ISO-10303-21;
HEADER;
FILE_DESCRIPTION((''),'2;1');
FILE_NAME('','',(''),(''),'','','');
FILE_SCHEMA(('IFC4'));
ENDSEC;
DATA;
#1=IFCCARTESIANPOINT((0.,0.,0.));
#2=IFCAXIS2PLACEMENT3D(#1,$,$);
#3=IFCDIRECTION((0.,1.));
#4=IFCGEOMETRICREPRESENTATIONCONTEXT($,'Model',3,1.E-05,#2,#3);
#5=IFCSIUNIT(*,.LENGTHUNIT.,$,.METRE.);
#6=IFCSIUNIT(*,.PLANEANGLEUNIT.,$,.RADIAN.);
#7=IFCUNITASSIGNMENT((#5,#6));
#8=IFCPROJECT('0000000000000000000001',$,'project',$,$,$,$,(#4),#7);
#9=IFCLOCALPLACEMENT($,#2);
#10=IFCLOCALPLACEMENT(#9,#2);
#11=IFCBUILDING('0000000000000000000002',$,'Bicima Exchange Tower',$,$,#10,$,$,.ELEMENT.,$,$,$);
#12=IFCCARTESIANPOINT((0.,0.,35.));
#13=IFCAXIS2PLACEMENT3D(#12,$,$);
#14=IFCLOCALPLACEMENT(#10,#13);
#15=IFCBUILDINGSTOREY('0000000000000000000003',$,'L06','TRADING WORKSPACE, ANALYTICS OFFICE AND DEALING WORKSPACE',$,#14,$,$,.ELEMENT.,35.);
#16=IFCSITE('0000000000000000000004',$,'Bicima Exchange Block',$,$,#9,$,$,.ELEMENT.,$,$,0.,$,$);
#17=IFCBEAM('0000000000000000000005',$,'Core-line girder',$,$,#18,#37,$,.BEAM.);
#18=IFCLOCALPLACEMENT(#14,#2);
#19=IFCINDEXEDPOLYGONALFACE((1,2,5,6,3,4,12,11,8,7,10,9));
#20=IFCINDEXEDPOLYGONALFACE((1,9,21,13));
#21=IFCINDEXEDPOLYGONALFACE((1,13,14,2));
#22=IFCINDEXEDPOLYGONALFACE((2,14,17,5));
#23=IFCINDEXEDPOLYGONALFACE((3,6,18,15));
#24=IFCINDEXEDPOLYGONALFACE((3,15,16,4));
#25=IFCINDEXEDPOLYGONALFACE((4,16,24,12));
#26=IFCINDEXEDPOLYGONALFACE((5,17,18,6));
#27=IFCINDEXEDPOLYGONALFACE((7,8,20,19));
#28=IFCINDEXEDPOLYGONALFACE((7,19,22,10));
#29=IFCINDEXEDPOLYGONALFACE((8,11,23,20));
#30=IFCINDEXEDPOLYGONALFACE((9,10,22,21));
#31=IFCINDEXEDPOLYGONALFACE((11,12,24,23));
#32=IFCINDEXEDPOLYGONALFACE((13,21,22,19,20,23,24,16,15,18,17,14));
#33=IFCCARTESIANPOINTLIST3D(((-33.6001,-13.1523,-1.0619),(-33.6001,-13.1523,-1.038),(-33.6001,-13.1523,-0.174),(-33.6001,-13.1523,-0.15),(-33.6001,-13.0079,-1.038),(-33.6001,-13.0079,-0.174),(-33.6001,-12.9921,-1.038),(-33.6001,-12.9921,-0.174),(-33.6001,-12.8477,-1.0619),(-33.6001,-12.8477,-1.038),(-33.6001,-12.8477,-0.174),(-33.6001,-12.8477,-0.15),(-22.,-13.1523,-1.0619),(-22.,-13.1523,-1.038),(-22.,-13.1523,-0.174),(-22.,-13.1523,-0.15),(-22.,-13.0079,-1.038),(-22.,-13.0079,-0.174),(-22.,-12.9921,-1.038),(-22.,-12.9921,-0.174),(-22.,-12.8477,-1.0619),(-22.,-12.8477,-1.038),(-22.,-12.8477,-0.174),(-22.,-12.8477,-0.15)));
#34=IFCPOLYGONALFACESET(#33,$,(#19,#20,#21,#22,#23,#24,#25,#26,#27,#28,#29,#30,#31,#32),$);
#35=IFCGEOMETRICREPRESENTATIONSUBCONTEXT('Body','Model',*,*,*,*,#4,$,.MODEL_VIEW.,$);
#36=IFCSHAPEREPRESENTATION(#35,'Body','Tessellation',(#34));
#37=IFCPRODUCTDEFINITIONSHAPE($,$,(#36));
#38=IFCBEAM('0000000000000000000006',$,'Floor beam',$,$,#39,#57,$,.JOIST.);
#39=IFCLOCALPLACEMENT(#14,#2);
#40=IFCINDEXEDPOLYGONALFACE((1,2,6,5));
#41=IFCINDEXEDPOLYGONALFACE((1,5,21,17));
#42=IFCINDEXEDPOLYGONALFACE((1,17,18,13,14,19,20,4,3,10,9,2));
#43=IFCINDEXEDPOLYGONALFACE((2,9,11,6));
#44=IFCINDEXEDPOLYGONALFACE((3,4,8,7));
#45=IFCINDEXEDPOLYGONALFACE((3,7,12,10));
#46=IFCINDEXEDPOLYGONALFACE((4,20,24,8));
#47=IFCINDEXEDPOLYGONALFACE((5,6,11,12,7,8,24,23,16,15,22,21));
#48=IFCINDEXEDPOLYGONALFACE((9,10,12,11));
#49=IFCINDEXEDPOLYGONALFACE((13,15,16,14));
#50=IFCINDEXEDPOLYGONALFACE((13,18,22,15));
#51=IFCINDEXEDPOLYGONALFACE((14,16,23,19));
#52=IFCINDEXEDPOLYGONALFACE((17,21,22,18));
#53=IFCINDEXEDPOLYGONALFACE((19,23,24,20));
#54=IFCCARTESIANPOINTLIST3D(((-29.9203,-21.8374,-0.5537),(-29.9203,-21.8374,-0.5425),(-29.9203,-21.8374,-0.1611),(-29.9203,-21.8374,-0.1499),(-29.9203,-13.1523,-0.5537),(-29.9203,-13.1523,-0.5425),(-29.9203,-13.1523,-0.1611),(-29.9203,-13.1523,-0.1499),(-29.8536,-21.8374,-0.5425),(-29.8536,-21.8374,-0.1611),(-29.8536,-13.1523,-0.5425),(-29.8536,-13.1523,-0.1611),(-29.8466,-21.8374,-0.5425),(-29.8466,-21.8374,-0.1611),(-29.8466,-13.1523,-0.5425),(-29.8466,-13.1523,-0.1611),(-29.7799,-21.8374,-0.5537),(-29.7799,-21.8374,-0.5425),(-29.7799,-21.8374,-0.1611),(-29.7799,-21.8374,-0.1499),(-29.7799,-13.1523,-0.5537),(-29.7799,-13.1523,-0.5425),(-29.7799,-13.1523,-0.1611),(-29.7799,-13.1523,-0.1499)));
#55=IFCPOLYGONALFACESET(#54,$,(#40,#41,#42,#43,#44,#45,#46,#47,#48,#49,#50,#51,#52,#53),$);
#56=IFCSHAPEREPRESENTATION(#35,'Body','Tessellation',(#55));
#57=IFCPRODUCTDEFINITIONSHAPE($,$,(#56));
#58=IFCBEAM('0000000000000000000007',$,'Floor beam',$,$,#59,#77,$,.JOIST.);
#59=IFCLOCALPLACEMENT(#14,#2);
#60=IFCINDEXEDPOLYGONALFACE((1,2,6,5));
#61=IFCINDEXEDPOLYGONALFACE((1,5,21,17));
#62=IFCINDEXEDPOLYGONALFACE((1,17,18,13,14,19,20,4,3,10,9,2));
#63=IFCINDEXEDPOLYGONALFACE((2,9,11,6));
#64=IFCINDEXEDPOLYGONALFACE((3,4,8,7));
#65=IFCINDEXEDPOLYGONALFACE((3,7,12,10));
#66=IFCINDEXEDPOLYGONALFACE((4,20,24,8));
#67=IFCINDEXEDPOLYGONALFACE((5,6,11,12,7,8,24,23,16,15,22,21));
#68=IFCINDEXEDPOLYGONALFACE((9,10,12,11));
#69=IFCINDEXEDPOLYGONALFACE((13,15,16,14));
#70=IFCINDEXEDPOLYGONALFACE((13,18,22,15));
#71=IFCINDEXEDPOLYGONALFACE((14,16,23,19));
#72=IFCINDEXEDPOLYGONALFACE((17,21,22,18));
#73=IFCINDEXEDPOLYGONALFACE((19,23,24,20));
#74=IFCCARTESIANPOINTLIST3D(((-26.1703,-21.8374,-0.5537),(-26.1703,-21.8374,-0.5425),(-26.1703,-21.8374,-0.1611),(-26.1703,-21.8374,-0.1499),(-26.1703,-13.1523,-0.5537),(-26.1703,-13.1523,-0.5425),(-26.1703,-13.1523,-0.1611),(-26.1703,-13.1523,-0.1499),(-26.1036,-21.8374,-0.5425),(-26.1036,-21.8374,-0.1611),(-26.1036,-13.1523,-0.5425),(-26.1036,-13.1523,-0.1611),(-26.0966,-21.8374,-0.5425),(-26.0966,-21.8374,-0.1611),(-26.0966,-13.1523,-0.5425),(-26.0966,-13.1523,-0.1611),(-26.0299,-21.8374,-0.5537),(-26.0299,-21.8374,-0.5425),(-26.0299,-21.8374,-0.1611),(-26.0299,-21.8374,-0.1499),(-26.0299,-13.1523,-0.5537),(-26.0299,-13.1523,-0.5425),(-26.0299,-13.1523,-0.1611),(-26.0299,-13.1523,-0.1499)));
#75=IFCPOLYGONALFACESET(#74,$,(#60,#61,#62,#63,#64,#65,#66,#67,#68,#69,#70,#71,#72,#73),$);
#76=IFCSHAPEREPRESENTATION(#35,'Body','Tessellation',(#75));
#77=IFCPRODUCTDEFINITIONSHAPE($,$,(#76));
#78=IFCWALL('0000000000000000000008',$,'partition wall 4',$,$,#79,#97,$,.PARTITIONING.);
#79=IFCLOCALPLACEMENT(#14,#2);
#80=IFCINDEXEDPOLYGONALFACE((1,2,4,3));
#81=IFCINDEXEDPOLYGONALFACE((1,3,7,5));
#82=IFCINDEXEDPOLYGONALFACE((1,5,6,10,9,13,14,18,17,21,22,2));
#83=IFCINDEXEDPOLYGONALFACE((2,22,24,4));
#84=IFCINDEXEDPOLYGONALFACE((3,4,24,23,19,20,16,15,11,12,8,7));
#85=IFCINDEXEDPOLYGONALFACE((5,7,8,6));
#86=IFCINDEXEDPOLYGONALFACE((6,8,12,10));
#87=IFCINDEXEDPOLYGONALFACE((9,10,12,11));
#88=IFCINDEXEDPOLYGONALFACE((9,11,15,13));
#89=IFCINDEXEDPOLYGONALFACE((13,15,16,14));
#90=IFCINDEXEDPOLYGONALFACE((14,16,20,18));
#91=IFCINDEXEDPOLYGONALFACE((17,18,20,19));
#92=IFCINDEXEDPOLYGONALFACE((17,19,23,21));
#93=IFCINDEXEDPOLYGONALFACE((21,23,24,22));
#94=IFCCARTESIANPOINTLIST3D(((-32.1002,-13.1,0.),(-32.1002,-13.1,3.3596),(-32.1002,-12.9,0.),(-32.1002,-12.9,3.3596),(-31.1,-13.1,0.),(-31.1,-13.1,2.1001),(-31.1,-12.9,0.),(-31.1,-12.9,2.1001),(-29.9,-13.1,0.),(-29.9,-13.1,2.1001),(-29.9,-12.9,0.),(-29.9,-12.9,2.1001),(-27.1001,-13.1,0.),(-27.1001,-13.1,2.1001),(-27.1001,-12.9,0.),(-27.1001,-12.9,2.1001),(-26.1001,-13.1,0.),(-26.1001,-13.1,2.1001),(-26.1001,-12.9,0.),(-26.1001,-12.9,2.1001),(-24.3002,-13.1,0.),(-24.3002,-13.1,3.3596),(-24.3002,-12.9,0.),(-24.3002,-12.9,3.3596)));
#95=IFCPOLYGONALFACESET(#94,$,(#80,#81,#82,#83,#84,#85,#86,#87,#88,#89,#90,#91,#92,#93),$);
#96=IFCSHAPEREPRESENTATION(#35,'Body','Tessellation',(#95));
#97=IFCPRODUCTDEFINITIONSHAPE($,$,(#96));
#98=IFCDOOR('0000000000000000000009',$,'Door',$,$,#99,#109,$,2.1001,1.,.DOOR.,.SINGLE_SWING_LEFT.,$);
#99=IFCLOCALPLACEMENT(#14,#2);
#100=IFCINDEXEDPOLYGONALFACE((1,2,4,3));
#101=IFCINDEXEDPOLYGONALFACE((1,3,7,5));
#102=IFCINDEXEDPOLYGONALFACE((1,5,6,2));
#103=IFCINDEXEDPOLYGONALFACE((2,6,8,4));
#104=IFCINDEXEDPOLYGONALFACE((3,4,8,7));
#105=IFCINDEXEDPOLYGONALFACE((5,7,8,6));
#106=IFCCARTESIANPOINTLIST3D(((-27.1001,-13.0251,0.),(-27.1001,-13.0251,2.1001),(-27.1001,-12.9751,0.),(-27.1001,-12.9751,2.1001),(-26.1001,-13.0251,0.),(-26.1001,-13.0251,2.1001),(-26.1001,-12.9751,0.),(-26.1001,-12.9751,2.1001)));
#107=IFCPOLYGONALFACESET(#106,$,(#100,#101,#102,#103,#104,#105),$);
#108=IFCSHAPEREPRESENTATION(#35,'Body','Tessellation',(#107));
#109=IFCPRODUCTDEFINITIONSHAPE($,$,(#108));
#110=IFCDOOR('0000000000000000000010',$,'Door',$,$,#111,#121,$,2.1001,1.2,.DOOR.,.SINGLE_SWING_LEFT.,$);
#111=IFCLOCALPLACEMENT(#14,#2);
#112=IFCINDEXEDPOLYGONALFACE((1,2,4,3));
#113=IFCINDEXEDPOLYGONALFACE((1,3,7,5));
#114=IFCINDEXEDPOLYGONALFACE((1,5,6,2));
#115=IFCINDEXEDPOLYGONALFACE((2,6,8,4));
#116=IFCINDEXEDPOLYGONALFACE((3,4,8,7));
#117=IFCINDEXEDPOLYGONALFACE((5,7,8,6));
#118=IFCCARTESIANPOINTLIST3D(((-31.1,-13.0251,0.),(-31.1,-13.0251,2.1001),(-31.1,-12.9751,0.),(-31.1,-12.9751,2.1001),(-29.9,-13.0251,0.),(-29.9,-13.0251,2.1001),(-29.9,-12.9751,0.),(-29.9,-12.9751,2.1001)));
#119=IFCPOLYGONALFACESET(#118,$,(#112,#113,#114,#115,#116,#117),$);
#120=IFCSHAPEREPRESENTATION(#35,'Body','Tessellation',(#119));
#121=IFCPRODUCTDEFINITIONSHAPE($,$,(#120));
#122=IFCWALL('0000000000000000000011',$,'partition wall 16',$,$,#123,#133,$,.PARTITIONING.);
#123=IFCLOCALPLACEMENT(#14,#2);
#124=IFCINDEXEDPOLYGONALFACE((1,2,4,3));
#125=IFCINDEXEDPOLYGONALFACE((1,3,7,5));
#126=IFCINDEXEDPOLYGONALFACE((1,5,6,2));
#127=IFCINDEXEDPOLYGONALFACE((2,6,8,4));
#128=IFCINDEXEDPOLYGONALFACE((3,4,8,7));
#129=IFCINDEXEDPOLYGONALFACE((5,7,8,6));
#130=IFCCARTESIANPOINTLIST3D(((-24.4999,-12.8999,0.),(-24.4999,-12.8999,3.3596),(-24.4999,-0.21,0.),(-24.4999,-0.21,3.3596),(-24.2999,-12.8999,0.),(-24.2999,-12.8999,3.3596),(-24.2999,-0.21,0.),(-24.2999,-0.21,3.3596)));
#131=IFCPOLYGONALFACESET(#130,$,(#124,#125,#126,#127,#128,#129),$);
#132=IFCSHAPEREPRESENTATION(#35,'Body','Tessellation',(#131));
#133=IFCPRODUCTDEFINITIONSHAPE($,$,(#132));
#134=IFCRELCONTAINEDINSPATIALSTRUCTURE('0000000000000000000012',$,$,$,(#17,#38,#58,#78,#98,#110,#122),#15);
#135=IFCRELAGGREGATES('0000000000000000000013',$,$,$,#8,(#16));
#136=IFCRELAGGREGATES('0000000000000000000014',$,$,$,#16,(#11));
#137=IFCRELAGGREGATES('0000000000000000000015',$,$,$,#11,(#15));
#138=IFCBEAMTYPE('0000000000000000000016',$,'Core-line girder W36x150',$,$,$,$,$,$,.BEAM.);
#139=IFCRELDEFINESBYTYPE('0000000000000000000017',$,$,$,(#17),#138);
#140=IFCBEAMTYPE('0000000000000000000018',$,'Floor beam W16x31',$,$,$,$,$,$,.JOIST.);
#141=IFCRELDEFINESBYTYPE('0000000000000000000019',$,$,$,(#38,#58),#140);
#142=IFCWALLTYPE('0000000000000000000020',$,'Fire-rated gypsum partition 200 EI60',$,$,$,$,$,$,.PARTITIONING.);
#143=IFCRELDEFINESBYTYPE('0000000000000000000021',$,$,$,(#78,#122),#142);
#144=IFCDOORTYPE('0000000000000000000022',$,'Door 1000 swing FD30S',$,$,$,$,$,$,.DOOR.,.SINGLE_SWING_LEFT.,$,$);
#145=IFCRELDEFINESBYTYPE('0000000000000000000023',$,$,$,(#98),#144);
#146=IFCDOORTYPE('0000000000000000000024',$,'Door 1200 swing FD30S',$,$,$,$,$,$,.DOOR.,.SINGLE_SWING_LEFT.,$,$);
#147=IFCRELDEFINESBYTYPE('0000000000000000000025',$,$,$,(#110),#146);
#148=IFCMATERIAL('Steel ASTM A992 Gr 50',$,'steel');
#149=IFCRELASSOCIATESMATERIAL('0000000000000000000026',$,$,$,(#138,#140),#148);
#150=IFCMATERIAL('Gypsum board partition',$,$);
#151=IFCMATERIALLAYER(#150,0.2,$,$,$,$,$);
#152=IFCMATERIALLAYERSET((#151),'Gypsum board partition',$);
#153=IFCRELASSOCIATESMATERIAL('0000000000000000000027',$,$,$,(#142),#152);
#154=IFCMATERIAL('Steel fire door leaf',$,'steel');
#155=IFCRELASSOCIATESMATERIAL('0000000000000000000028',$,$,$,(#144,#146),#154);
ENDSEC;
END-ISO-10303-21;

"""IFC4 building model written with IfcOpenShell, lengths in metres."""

from ifc_helpers import new_model, si_unit, direction, frame, frame_2d, origin, origin_2d, place, context, subcontext, project, spatial, rectangle, i_section, extrude, material, layer, layer_set, material_profile, profile_set, type_object, element, fill, save


model = new_model("IFC4")

# Units and contexts
model_context = context("Model", 3, precision=1e-05, world=origin(), true_north=direction((0.0, 1.0)))
body_context = subcontext(model_context, "Body", "Model", "MODEL_VIEW")
ifc_project = project(units=[si_unit("LENGTHUNIT", "METRE"), si_unit("PLANEANGLEUNIT", "RADIAN")], contexts=[model_context])

# Site, building, storey
site_placement = place(None, origin())
site = spatial("IfcSite", under=ifc_project, at=site_placement, Name="Bicima Exchange Block", CompositionType="ELEMENT", RefElevation=0.0)
building_placement = place(site_placement, origin())
building = spatial("IfcBuilding", under=site, at=building_placement, Name="Bicima Exchange Tower", CompositionType="ELEMENT")
storey_placement = place(building_placement, frame((0.0, 0.0, 35.0)))
storey = spatial("IfcBuildingStorey", under=building, at=storey_placement, Name="L06", Description="TRADING WORKSPACE, ANALYTICS OFFICE AND DEALING WORKSPACE", CompositionType="ELEMENT", Elevation=35.0)

# Beams
ifc_material_1 = material(Name="Steel ASTM A992 Gr 50", Category="steel")
ifc_material_profile_1 = material_profile(ifc_material_1, i_section(OverallWidth=0.3047, OverallDepth=0.9119, WebThickness=0.0159, FlangeThickness=0.0239, at=origin_2d()))
ifc_profile_set_1 = profile_set([ifc_material_profile_1], Name="Steel ASTM A992 Gr 50")
beam_type_1 = type_object("IfcBeamType", Name="Core-line girder W36x150", PredefinedType="BEAM", material=ifc_profile_set_1)
beam_placement = place(storey_placement, frame((-22.0, -13.0, -0.606), z_axis=(-1.0, 0.0, 0.0), x_axis=(0.0, -1.0, 0.0)))
element("IfcBeam", 1, at=beam_placement, inside=storey, type_object=beam_type_1, Name="Core-line girder", PredefinedType="BEAM", context=body_context, shape_type="SweptSolid", body=[
    extrude(i_section(OverallWidth=0.3047, OverallDepth=0.9119, WebThickness=0.0159, FlangeThickness=0.0239, at=origin_2d()), origin(), (0.0, 0.0, 1.0), 11.6001),
])
ifc_material_profile_2 = material_profile(ifc_material_1, i_section(OverallWidth=0.1404, OverallDepth=0.4038, WebThickness=0.0071, FlangeThickness=0.0112, at=origin_2d()))
ifc_profile_set_2 = profile_set([ifc_material_profile_2], Name="Steel ASTM A992 Gr 50")
beam_type_2 = type_object("IfcBeamType", Name="Floor beam W16x31", PredefinedType="JOIST", material=ifc_profile_set_2)
for number, where, z_axis, x_axis, name in (
    (2, (-29.8501, -13.1523, -0.3518), (0.0, -1.0, 0.0), (1.0, 0.0, 0.0), "Floor beam"),
    (3, (-26.1001, -13.1523, -0.3518), (0.0, -1.0, 0.0), (1.0, 0.0, 0.0), "Floor beam"),
):
    element("IfcBeam", number, at=place(storey_placement, frame(where, z_axis=z_axis, x_axis=x_axis)), inside=storey, type_object=beam_type_2, Name=name, PredefinedType="JOIST", context=body_context, shape_type="SweptSolid", body=[
        extrude(i_section(OverallWidth=0.1404, OverallDepth=0.4038, WebThickness=0.0071, FlangeThickness=0.0112, at=origin_2d()), origin(), (0.0, 0.0, 1.0), 8.6851),
    ])

# Wall, openings, doors
ifc_material_2 = material(Name="Gypsum board partition")
ifc_layer_1 = layer(ifc_material_2, 0.2)
ifc_layer_set_1 = layer_set([ifc_layer_1], Name="Gypsum board partition")
wall_type_1 = type_object("IfcWallType", Name="Fire-rated gypsum partition 200 EI60", PredefinedType="PARTITIONING", material=ifc_layer_set_1)
wall_1_placement = place(storey_placement, frame((-32.1001, -13.0, 0.0), z_axis=(0.0, 0.0, 1.0), x_axis=(1.0, 0.0, 0.0)))
wall_1 = element("IfcWall", 4, at=wall_1_placement, inside=storey, type_object=wall_type_1, Name="partition wall 4", PredefinedType="PARTITIONING", context=body_context, shape_type="SweptSolid", body=[
    extrude(rectangle(XDim=7.8, YDim=0.2, at=frame_2d((3.8999, 0.0))), origin(), (0.0, 0.0, 1.0), 3.3596),
])
opening_1_placement = place(wall_1_placement, frame((1.0, 0.0, 0.0)))
opening_1 = element("IfcOpeningElement", 5, at=opening_1_placement, cuts=wall_1, PredefinedType="OPENING", context=body_context, shape_type="SweptSolid", body=[
    extrude(rectangle(XDim=1.2, YDim=2.1001, at=frame_2d((0.6001, 1.05))), frame((0.0, 0.1118, 0.0), z_axis=(0.0, -1.0, 0.0), x_axis=(1.0, 0.0, 0.0)), (0.0, 0.0, 1.0), 0.2239),
])
opening_2_placement = place(wall_1_placement, frame((5.0, 0.0, 0.0)))
opening_2 = element("IfcOpeningElement", 6, at=opening_2_placement, cuts=wall_1, PredefinedType="OPENING", context=body_context, shape_type="SweptSolid", body=[
    extrude(rectangle(XDim=1.0, YDim=2.1001, at=frame_2d((0.5, 1.05))), frame((0.0, 0.1118, 0.0), z_axis=(0.0, -1.0, 0.0), x_axis=(1.0, 0.0, 0.0)), (0.0, 0.0, 1.0), 0.2239),
])
ifc_material_3 = material(Name="Steel fire door leaf", Category="steel")
door_type_1 = type_object("IfcDoorType", Name="Door 1000 swing FD30S", OperationType="SINGLE_SWING_LEFT", PredefinedType="DOOR", material=ifc_material_3)
door_1_placement = place(opening_2_placement, origin())
door_1 = element("IfcDoor", 7, at=door_1_placement, inside=storey, type_object=door_type_1, Name="Door", OperationType="SINGLE_SWING_LEFT", OverallHeight=2.1001, OverallWidth=1.0, PredefinedType="DOOR", context=body_context, shape_type="SweptSolid", body=[
    extrude(rectangle(XDim=1.0, YDim=2.1001, at=frame_2d((0.5, 1.05))), frame((0.0, 0.0249, 0.0), z_axis=(0.0, -1.0, 0.0), x_axis=(1.0, 0.0, 0.0)), (0.0, 0.0, 1.0), 0.05),
])
fill(opening_2, door_1)
door_type_2 = type_object("IfcDoorType", Name="Door 1200 swing FD30S", OperationType="SINGLE_SWING_LEFT", PredefinedType="DOOR", material=ifc_material_3)
door_2_placement = place(opening_1_placement, origin())
door_2 = element("IfcDoor", 8, at=door_2_placement, inside=storey, type_object=door_type_2, Name="Door", OperationType="SINGLE_SWING_LEFT", OverallHeight=2.1001, OverallWidth=1.2, PredefinedType="DOOR", context=body_context, shape_type="SweptSolid", body=[
    extrude(rectangle(XDim=1.2, YDim=2.1001, at=frame_2d((0.6001, 1.05))), frame((0.0, 0.0249, 0.0), z_axis=(0.0, -1.0, 0.0), x_axis=(1.0, 0.0, 0.0)), (0.0, 0.0, 1.0), 0.05),
])
fill(opening_1, door_2)

# Wall
wall_2_placement = place(storey_placement, frame((-24.3999, -12.8999, 0.0), z_axis=(0.0, 0.0, 1.0), x_axis=(0.0, 1.0, 0.0)))
element("IfcWall", 9, at=wall_2_placement, inside=storey, type_object=wall_type_1, Name="partition wall 16", PredefinedType="PARTITIONING", context=body_context, shape_type="SweptSolid", body=[
    extrude(rectangle(XDim=12.6899, YDim=0.2, at=frame_2d((6.345, 0.0))), origin(), (0.0, 0.0, 1.0), 3.3596),
])

save(model, "model.ifc")
